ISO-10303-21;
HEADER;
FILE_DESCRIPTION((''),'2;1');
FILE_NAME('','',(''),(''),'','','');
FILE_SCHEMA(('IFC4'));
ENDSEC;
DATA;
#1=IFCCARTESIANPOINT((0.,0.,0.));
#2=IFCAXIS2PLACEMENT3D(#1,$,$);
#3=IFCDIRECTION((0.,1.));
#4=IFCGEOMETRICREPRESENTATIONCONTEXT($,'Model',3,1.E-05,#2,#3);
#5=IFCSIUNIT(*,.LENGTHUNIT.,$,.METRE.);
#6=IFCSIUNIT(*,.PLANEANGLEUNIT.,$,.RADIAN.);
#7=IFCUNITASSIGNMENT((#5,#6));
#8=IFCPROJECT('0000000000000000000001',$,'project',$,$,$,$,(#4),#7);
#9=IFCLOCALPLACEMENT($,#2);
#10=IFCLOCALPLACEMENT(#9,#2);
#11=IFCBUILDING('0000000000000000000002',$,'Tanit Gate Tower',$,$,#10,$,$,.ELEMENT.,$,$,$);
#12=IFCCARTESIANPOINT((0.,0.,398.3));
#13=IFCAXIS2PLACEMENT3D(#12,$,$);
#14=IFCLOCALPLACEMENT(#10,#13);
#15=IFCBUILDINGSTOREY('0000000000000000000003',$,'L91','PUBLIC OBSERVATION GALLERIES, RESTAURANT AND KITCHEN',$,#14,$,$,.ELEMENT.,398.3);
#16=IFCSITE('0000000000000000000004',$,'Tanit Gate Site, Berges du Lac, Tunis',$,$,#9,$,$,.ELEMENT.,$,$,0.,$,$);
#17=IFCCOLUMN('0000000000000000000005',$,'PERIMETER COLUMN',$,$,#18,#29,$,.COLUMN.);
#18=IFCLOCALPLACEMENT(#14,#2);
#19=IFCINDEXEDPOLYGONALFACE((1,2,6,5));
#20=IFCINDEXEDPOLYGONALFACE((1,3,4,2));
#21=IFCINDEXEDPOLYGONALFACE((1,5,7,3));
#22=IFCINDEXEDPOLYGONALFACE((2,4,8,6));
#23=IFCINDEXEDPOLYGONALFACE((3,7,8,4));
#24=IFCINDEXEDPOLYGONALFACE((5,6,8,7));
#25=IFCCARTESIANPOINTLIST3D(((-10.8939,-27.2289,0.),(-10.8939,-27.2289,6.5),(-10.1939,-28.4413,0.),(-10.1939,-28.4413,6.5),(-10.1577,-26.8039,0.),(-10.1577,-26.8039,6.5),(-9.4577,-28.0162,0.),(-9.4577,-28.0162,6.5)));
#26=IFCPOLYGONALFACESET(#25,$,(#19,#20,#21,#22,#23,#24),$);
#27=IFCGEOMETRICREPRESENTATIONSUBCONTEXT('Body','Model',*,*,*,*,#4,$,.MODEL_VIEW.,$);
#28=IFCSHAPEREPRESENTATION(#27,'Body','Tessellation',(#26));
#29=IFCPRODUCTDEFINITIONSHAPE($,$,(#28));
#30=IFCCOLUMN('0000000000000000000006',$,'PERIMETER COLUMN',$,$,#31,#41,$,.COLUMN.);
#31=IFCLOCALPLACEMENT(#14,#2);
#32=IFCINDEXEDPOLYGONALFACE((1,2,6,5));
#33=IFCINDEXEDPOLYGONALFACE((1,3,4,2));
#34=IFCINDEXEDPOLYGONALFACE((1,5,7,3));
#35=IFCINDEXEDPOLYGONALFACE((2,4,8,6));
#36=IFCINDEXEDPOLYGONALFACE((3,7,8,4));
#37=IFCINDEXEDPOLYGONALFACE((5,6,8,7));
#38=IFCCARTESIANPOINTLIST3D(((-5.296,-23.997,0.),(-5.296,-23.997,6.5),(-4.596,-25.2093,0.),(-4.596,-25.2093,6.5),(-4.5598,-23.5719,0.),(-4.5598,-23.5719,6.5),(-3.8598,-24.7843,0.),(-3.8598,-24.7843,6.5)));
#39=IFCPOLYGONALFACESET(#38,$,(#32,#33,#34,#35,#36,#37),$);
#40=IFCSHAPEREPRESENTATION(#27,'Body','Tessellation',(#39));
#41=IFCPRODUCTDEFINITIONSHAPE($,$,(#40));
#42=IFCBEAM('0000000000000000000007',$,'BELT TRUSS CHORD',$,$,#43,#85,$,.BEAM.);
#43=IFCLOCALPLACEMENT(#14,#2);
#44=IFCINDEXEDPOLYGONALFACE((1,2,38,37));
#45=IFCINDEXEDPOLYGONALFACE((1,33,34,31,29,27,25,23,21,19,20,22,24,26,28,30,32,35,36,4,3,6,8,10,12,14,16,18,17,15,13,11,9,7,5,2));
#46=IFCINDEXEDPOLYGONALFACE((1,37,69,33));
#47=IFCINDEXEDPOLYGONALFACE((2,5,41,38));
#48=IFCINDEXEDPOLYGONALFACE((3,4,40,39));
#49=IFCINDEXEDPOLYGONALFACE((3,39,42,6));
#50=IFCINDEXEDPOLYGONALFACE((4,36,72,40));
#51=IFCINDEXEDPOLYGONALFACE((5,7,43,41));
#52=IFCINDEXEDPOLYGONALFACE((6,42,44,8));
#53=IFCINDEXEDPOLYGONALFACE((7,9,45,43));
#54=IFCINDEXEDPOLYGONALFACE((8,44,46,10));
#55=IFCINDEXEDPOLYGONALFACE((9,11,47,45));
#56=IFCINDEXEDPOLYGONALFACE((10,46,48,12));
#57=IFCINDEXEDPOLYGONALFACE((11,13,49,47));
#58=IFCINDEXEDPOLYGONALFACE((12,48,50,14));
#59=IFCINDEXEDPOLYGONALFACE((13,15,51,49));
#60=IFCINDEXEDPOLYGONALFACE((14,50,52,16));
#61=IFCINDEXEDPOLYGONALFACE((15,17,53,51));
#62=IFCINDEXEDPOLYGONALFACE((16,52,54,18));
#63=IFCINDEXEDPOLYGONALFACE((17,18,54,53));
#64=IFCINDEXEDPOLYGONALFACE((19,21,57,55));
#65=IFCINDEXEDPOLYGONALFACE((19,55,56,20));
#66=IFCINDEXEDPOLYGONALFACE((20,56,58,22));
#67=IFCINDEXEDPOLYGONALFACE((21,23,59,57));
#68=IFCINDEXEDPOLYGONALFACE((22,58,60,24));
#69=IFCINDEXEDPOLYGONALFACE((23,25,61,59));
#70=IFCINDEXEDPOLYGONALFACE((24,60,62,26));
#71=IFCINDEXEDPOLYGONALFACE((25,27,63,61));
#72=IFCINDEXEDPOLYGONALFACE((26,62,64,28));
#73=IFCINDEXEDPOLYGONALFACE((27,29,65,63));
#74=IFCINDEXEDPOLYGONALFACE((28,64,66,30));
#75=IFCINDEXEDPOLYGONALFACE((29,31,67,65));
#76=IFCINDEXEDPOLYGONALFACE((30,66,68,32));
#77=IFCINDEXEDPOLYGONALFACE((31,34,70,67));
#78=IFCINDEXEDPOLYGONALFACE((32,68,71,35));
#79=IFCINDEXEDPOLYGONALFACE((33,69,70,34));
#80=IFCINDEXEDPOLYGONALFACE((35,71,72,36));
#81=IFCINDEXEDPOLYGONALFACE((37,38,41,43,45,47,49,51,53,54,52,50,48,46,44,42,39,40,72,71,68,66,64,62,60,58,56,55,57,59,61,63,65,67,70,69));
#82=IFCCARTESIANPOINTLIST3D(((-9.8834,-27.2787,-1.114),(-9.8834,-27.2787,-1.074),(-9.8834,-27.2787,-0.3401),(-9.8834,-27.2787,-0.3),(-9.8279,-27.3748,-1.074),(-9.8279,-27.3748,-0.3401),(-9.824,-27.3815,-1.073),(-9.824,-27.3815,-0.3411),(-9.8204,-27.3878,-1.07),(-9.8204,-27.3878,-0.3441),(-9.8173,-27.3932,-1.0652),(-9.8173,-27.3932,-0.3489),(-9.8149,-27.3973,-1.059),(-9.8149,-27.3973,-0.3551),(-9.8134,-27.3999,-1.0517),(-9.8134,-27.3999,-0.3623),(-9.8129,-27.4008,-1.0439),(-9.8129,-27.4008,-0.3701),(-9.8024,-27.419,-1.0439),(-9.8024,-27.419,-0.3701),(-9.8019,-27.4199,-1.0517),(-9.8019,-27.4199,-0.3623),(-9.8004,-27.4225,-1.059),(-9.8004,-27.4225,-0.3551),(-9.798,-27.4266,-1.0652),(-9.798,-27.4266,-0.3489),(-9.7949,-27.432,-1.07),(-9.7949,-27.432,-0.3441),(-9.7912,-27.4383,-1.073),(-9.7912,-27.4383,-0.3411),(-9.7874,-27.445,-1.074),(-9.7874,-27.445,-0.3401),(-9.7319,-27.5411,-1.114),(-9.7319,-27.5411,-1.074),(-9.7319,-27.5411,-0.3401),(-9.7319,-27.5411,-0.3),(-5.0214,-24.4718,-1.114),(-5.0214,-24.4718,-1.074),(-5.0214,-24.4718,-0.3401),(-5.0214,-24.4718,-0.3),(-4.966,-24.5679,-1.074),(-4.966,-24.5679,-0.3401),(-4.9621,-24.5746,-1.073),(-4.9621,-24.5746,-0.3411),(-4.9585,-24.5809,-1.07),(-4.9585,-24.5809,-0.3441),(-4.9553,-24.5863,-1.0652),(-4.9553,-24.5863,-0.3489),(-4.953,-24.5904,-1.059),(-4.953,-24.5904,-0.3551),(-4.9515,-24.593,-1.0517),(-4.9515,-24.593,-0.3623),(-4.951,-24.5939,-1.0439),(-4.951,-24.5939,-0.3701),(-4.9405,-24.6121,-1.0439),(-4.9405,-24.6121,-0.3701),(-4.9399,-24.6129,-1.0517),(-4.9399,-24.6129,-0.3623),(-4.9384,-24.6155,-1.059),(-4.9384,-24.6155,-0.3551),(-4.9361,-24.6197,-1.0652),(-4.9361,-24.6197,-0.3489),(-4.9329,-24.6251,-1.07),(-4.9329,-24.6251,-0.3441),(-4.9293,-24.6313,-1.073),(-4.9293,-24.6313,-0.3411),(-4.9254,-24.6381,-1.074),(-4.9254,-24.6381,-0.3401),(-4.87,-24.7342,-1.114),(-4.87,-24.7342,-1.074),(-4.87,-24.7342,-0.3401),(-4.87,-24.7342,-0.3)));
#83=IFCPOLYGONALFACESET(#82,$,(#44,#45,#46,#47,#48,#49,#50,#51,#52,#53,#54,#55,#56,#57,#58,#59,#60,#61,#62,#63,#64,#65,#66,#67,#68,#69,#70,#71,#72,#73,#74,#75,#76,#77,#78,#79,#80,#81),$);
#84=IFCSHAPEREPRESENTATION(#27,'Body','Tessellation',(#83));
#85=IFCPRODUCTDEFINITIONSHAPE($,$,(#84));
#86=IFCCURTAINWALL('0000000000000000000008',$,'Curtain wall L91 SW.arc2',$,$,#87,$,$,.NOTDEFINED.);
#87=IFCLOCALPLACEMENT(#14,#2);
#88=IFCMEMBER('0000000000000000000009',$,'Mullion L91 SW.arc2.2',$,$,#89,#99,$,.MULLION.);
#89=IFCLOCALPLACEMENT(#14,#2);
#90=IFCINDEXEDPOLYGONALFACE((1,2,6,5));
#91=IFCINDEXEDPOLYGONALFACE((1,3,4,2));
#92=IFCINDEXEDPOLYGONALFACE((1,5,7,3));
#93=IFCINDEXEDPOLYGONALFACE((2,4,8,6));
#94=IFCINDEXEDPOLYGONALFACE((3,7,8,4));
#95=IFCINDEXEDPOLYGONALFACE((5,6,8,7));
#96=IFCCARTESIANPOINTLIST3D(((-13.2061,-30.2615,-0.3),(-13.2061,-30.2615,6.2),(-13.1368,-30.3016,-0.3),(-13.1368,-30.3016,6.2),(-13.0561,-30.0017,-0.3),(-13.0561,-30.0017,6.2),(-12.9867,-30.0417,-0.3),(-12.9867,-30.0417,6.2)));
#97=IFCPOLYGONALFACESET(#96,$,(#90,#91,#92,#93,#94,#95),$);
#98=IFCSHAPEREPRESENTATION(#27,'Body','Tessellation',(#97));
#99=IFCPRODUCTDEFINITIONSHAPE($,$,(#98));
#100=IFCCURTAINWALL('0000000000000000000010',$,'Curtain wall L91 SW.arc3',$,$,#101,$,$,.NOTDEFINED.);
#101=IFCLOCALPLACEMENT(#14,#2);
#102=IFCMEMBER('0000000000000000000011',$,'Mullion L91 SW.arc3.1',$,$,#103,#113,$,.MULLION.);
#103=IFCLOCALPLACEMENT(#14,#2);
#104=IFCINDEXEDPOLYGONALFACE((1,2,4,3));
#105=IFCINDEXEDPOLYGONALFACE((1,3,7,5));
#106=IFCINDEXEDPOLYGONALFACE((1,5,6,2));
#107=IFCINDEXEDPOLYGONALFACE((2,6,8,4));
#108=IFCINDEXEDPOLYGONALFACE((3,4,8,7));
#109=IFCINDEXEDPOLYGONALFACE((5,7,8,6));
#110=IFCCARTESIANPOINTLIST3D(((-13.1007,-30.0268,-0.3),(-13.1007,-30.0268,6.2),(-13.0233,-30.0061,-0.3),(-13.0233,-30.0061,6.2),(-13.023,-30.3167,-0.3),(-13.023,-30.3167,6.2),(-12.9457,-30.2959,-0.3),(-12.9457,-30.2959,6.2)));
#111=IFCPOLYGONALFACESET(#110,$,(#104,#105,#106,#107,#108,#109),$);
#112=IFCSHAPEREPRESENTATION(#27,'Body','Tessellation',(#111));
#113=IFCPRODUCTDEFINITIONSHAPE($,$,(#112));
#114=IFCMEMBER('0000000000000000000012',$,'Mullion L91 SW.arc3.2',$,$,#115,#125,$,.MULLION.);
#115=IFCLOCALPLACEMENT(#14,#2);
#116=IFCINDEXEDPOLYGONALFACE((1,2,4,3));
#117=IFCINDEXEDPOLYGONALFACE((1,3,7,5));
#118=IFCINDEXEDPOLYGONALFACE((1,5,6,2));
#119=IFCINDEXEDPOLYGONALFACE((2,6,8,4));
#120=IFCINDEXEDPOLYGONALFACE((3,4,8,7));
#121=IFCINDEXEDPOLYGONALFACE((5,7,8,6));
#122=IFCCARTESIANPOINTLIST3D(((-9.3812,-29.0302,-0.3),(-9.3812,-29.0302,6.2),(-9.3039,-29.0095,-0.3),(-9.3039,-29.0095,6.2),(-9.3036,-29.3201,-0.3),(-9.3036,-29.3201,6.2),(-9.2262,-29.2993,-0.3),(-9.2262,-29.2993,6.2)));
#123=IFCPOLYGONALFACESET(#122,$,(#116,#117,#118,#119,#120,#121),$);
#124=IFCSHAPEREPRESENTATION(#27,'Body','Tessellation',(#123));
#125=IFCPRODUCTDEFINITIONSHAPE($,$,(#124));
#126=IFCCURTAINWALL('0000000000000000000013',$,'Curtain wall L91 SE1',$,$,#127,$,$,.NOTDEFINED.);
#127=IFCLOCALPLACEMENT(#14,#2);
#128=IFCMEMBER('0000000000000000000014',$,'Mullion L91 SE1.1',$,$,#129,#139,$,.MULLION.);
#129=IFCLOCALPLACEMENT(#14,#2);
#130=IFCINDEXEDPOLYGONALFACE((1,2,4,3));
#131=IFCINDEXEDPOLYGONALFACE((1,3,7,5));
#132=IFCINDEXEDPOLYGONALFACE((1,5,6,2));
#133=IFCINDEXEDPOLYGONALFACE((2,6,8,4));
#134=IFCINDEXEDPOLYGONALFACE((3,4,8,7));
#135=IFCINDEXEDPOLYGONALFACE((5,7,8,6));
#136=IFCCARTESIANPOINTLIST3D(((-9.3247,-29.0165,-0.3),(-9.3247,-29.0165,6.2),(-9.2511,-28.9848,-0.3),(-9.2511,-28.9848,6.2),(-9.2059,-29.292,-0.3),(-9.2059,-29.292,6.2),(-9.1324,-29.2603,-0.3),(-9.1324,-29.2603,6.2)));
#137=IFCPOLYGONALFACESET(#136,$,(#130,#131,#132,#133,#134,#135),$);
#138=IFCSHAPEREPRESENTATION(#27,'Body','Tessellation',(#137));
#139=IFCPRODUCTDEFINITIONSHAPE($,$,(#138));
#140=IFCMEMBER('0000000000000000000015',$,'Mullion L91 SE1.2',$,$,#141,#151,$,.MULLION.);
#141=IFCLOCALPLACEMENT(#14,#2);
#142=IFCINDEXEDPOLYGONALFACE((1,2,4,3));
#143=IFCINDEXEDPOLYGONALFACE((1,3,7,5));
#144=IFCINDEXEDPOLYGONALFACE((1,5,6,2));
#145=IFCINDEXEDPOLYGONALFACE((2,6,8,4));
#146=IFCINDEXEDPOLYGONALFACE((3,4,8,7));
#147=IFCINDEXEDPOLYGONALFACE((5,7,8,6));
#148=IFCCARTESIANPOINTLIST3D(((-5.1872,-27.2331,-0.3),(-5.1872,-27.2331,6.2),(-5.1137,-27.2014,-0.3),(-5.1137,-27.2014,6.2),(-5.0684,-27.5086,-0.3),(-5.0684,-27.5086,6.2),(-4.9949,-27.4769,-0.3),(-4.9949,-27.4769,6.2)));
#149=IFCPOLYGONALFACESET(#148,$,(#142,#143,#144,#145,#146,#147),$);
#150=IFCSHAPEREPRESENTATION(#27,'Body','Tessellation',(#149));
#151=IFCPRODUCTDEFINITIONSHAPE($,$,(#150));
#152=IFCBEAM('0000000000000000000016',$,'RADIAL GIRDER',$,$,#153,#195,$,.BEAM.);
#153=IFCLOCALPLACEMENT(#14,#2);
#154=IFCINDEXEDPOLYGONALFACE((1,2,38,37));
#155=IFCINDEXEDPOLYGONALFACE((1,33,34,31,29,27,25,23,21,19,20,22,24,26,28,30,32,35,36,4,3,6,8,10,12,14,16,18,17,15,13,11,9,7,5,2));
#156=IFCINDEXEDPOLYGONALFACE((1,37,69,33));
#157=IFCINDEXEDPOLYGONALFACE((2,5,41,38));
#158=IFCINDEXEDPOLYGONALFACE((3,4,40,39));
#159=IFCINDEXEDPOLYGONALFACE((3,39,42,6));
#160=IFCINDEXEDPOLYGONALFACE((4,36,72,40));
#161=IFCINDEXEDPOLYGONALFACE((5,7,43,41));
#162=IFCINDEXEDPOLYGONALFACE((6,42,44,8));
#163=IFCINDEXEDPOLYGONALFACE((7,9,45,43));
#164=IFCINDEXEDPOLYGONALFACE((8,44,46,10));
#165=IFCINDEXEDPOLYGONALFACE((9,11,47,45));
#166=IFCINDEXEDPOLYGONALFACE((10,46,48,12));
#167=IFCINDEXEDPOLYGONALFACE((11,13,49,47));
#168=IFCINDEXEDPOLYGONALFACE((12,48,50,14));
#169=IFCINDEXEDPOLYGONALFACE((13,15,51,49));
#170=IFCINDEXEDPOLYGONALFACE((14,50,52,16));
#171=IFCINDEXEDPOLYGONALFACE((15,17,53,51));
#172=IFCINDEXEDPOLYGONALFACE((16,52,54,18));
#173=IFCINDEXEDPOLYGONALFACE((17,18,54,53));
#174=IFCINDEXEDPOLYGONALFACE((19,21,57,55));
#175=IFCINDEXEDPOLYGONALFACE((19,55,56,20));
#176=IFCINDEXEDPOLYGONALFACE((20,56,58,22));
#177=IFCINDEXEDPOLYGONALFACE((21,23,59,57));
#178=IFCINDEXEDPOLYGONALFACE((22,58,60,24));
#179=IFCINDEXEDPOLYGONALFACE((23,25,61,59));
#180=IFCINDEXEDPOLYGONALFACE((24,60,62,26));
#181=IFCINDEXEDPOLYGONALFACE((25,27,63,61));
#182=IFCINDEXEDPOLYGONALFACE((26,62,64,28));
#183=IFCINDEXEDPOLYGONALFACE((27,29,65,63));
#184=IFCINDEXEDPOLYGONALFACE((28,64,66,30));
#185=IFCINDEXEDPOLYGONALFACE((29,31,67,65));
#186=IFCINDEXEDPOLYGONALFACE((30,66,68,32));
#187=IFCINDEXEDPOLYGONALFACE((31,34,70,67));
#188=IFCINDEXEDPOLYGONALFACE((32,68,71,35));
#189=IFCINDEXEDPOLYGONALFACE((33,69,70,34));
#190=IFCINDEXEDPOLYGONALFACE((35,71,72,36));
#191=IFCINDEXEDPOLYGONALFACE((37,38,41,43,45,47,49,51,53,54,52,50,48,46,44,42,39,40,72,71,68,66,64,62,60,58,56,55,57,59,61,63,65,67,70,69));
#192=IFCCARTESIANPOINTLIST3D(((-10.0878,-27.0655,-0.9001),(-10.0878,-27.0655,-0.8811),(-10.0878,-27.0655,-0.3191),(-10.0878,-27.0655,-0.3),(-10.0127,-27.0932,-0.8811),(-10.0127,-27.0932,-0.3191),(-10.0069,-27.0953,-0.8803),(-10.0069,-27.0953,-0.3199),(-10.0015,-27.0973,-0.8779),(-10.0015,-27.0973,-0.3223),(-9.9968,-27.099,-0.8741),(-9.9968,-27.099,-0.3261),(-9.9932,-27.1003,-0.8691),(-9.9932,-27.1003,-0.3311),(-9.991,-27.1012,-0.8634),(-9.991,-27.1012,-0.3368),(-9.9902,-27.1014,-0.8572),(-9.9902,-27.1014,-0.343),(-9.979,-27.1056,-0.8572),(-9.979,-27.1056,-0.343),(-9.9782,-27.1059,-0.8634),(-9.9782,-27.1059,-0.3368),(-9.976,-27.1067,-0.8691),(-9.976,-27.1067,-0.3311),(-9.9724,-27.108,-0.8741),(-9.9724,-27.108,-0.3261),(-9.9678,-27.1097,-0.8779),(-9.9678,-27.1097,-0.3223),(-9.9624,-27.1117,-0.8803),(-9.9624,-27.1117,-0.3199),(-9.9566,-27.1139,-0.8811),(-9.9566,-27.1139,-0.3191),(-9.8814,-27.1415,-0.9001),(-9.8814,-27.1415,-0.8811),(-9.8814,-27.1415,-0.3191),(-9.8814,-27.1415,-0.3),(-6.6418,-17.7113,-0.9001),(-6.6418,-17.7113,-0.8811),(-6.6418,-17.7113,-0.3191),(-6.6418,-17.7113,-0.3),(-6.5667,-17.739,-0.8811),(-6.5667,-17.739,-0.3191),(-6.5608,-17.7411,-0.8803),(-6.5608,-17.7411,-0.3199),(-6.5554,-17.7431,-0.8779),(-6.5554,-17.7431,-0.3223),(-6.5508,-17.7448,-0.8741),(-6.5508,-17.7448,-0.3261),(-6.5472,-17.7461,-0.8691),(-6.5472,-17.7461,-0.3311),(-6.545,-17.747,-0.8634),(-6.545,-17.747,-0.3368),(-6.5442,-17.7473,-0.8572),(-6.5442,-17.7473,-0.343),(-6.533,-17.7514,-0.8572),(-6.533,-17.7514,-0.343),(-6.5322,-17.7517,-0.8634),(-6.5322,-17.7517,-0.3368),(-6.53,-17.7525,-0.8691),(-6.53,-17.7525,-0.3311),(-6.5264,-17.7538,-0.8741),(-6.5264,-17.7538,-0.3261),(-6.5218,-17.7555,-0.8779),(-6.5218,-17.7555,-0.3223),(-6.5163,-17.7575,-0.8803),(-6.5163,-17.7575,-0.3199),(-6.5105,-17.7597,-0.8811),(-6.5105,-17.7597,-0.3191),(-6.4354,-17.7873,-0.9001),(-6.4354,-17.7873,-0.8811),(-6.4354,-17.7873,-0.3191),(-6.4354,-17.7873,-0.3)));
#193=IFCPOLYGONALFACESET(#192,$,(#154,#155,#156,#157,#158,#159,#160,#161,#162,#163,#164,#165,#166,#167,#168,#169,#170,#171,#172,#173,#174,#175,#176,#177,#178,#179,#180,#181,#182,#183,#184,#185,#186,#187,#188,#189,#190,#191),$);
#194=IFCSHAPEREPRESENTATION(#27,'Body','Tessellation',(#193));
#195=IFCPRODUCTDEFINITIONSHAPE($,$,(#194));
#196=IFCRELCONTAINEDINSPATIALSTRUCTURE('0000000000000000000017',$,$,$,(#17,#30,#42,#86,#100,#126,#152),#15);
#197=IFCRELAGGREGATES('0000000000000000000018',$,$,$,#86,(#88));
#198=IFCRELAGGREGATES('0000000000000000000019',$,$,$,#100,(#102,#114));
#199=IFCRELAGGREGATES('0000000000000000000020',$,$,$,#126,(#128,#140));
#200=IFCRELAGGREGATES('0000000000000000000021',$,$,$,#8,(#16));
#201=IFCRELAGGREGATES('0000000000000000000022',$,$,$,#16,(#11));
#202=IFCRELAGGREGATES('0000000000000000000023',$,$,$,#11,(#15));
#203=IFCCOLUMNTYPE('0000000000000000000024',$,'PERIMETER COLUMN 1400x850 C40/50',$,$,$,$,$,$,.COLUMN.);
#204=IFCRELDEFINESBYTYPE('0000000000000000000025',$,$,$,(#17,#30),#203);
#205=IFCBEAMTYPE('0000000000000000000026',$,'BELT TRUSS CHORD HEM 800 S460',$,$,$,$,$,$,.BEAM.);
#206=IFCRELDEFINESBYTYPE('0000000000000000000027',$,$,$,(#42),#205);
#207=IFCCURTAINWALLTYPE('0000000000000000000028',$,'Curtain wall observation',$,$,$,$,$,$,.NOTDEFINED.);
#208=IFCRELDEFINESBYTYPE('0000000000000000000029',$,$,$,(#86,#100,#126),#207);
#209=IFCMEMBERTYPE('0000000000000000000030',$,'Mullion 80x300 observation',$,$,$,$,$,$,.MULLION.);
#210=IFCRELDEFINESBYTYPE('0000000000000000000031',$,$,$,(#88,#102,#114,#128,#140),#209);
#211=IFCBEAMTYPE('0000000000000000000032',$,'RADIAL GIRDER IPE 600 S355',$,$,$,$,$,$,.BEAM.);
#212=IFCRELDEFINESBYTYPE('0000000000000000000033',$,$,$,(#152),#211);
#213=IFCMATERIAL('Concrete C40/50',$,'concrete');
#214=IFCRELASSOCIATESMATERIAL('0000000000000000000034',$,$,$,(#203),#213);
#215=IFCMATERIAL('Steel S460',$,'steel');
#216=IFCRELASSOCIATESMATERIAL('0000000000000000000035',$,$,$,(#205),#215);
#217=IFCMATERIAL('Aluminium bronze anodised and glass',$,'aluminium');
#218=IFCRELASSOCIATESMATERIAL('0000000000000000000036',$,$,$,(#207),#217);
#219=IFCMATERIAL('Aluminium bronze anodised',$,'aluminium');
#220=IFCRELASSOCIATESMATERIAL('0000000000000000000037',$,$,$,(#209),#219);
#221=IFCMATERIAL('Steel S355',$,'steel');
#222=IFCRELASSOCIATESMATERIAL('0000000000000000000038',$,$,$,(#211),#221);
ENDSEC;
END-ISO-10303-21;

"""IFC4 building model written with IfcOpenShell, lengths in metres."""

from ifc_helpers import new_model, si_unit, direction, frame, origin, origin_2d, place, context, subcontext, project, spatial, rectangle, i_section, extrude, material, material_profile, profile_set, type_object, element, aggregate, save


model = new_model("IFC4")

# Units and contexts
model_context = context("Model", 3, precision=1e-05, world=origin(), true_north=direction((0.0, 1.0)))
body_context = subcontext(model_context, "Body", "Model", "MODEL_VIEW")
ifc_project = project(units=[si_unit("LENGTHUNIT", "METRE"), si_unit("PLANEANGLEUNIT", "RADIAN")], contexts=[model_context])

# Site, building, storey
site_placement = place(None, origin())
site = spatial("IfcSite", under=ifc_project, at=site_placement, Name="Tanit Gate Site, Berges du Lac, Tunis", CompositionType="ELEMENT", RefElevation=0.0)
building_placement = place(site_placement, origin())
building = spatial("IfcBuilding", under=site, at=building_placement, Name="Tanit Gate Tower", CompositionType="ELEMENT")
storey_placement = place(building_placement, frame((0.0, 0.0, 398.3)))
storey = spatial("IfcBuildingStorey", under=building, at=storey_placement, Name="L91", Description="PUBLIC OBSERVATION GALLERIES, RESTAURANT AND KITCHEN", CompositionType="ELEMENT", Elevation=398.3)

# Columns
ifc_material_1 = material(Name="Concrete C40/50", Category="concrete")
ifc_material_profile_1 = material_profile(ifc_material_1, rectangle(XDim=1.3999, YDim=0.8501, at=origin_2d()), Name="RC 1400x850")
ifc_profile_set_1 = profile_set([ifc_material_profile_1], Name="Concrete C40/50")
column_type = type_object("IfcColumnType", Name="PERIMETER COLUMN 1400x850 C40/50", PredefinedType="COLUMN", material=ifc_profile_set_1)
for number, where, z_axis, x_axis, name in (
    (1, (-10.1758, -27.6226, 0.0), (0.0, 0.0, 1.0), (0.5, -0.866025, 0.0), "PERIMETER COLUMN"),
    (2, (-4.5779, -24.3906, 0.0), (0.0, 0.0, 1.0), (0.5, -0.866025, 0.0), "PERIMETER COLUMN"),
):
    element("IfcColumn", number, at=place(storey_placement, frame(where, z_axis=z_axis, x_axis=x_axis)), inside=storey, type_object=column_type, Name=name, PredefinedType="COLUMN", context=body_context, shape_type="SweptSolid", body=[
        extrude(rectangle(XDim=1.3999, YDim=0.8501, at=origin_2d()), origin(), (0.0, 0.0, 1.0), 6.5),
    ])

# Beam
ifc_material_2 = material(Name="Steel S460", Category="steel")
ifc_material_profile_2 = material_profile(ifc_material_2, i_section(OverallWidth=0.303, OverallDepth=0.814, WebThickness=0.021, FlangeThickness=0.04, FilletRadius=0.03, at=origin_2d()), Name="HEM 800")
ifc_profile_set_2 = profile_set([ifc_material_profile_2], Name="Steel S460")
beam_type_1 = type_object("IfcBeamType", Name="BELT TRUSS CHORD HEM 800 S460", PredefinedType="BEAM", material=ifc_profile_set_2)
beam_1_placement = place(storey_placement, frame((-9.8076, -27.4099, -0.707), z_axis=(0.866032, 0.499988, 0.0), x_axis=(-0.499988, 0.866032, 0.0)))
element("IfcBeam", 3, at=beam_1_placement, inside=storey, type_object=beam_type_1, Name="BELT TRUSS CHORD", PredefinedType="BEAM", context=body_context, shape_type="SweptSolid", body=[
    extrude(i_section(OverallWidth=0.303, OverallDepth=0.814, WebThickness=0.021, FlangeThickness=0.04, FilletRadius=0.03, at=origin_2d()), origin(), (0.0, 0.0, 1.0), 5.614),
])

# Curtain wall, member
ifc_material_3 = material(Name="Aluminium bronze anodised and glass", Category="aluminium")
curtain_wall_type = type_object("IfcCurtainWallType", Name="Curtain wall observation", PredefinedType="NOTDEFINED", material=ifc_material_3)
curtain_wall_1_placement = place(storey_placement, origin())
curtain_wall_1 = element("IfcCurtainWall", 4, at=curtain_wall_1_placement, inside=storey, type_object=curtain_wall_type, Name="Curtain wall L91 SW.arc2", PredefinedType="NOTDEFINED")
ifc_material_4 = material(Name="Aluminium bronze anodised", Category="aluminium")
ifc_material_profile_3 = material_profile(ifc_material_4, rectangle(XDim=0.3, YDim=0.0801, at=origin_2d()), Name="80x300 bronze mullion")
ifc_profile_set_3 = profile_set([ifc_material_profile_3], Name="Aluminium bronze anodised")
member_type_1 = type_object("IfcMemberType", Name="Mullion 80x300 observation", PredefinedType="MULLION", material=ifc_profile_set_3)
member_1_placement = place(storey_placement, frame((-13.0964, -30.1516, -0.3), z_axis=(0.0, 0.0, 1.0), x_axis=(0.5, 0.866025, 0.0)))
member_1 = element("IfcMember", 5, at=member_1_placement, type_object=member_type_1, Name="Mullion L91 SW.arc2.2", PredefinedType="MULLION", context=body_context, shape_type="SweptSolid", body=[
    extrude(rectangle(XDim=0.3, YDim=0.0801, at=origin_2d()), origin(), (0.0, 0.0, 1.0), 6.5),
])
aggregate(curtain_wall_1, [member_1])

# Curtain walls, members
curtain_wall_2_placement = place(storey_placement, origin())
curtain_wall_2 = element("IfcCurtainWall", 6, at=curtain_wall_2_placement, inside=storey, type_object=curtain_wall_type, Name="Curtain wall L91 SW.arc3", PredefinedType="NOTDEFINED")
member_2_placement = place(storey_placement, frame((-13.0232, -30.1614, -0.3), z_axis=(0.0, 0.0, 1.0), x_axis=(-0.258819, 0.965926, 0.0)))
member_2 = element("IfcMember", 7, at=member_2_placement, type_object=member_type_1, Name="Mullion L91 SW.arc3.1", PredefinedType="MULLION", context=body_context, shape_type="SweptSolid", body=[
    extrude(rectangle(XDim=0.3, YDim=0.0801, at=origin_2d()), origin(), (0.0, 0.0, 1.0), 6.5),
])
member_3_placement = place(storey_placement, frame((-9.3037, -29.1648, -0.3), z_axis=(0.0, 0.0, 1.0), x_axis=(-0.258819, 0.965926, 0.0)))
member_3 = element("IfcMember", 8, at=member_3_placement, type_object=member_type_1, Name="Mullion L91 SW.arc3.2", PredefinedType="MULLION", context=body_context, shape_type="SweptSolid", body=[
    extrude(rectangle(XDim=0.3, YDim=0.0801, at=origin_2d()), origin(), (0.0, 0.0, 1.0), 6.5),
])
curtain_wall_3_placement = place(storey_placement, origin())
curtain_wall_3 = element("IfcCurtainWall", 9, at=curtain_wall_3_placement, inside=storey, type_object=curtain_wall_type, Name="Curtain wall L91 SE1", PredefinedType="NOTDEFINED")
member_4_placement = place(storey_placement, frame((-9.2285, -29.1384, -0.3), z_axis=(0.0, 0.0, 1.0), x_axis=(-0.395871, 0.918306, 0.0)))
member_4 = element("IfcMember", 10, at=member_4_placement, type_object=member_type_1, Name="Mullion L91 SE1.1", PredefinedType="MULLION", context=body_context, shape_type="SweptSolid", body=[
    extrude(rectangle(XDim=0.3, YDim=0.0801, at=origin_2d()), origin(), (0.0, 0.0, 1.0), 6.5),
])
member_5_placement = place(storey_placement, frame((-5.0911, -27.355, -0.3), z_axis=(0.0, 0.0, 1.0), x_axis=(-0.395871, 0.918306, 0.0)))
member_5 = element("IfcMember", 11, at=member_5_placement, type_object=member_type_1, Name="Mullion L91 SE1.2", PredefinedType="MULLION", context=body_context, shape_type="SweptSolid", body=[
    extrude(rectangle(XDim=0.3, YDim=0.0801, at=origin_2d()), origin(), (0.0, 0.0, 1.0), 6.5),
])

# Beam
ifc_material_5 = material(Name="Steel S355", Category="steel")
ifc_material_profile_4 = material_profile(ifc_material_5, i_section(OverallWidth=0.22, OverallDepth=0.6001, WebThickness=0.012, FlangeThickness=0.019, FilletRadius=0.0239, at=origin_2d()), Name="IPE 600")
ifc_profile_set_4 = profile_set([ifc_material_profile_4], Name="Steel S355")
beam_type_2 = type_object("IfcBeamType", Name="RADIAL GIRDER IPE 600 S355", PredefinedType="BEAM", material=ifc_profile_set_4)
beam_2_placement = place(storey_placement, frame((-9.9846, -27.1035, -0.6001), z_axis=(0.345683, 0.938351, 0.0), x_axis=(-0.938351, 0.345683, 0.0)))
element("IfcBeam", 12, at=beam_2_placement, inside=storey, type_object=beam_type_2, Name="RADIAL GIRDER", PredefinedType="BEAM", context=body_context, shape_type="SweptSolid", body=[
    extrude(i_section(OverallWidth=0.22, OverallDepth=0.6001, WebThickness=0.012, FlangeThickness=0.019, FilletRadius=0.0239, at=origin_2d()), origin(), (0.0, 0.0, 1.0), 9.9688),
])

aggregate(curtain_wall_2, [member_2, member_3])
aggregate(curtain_wall_3, [member_4, member_5])

save(model, "model.ifc")
